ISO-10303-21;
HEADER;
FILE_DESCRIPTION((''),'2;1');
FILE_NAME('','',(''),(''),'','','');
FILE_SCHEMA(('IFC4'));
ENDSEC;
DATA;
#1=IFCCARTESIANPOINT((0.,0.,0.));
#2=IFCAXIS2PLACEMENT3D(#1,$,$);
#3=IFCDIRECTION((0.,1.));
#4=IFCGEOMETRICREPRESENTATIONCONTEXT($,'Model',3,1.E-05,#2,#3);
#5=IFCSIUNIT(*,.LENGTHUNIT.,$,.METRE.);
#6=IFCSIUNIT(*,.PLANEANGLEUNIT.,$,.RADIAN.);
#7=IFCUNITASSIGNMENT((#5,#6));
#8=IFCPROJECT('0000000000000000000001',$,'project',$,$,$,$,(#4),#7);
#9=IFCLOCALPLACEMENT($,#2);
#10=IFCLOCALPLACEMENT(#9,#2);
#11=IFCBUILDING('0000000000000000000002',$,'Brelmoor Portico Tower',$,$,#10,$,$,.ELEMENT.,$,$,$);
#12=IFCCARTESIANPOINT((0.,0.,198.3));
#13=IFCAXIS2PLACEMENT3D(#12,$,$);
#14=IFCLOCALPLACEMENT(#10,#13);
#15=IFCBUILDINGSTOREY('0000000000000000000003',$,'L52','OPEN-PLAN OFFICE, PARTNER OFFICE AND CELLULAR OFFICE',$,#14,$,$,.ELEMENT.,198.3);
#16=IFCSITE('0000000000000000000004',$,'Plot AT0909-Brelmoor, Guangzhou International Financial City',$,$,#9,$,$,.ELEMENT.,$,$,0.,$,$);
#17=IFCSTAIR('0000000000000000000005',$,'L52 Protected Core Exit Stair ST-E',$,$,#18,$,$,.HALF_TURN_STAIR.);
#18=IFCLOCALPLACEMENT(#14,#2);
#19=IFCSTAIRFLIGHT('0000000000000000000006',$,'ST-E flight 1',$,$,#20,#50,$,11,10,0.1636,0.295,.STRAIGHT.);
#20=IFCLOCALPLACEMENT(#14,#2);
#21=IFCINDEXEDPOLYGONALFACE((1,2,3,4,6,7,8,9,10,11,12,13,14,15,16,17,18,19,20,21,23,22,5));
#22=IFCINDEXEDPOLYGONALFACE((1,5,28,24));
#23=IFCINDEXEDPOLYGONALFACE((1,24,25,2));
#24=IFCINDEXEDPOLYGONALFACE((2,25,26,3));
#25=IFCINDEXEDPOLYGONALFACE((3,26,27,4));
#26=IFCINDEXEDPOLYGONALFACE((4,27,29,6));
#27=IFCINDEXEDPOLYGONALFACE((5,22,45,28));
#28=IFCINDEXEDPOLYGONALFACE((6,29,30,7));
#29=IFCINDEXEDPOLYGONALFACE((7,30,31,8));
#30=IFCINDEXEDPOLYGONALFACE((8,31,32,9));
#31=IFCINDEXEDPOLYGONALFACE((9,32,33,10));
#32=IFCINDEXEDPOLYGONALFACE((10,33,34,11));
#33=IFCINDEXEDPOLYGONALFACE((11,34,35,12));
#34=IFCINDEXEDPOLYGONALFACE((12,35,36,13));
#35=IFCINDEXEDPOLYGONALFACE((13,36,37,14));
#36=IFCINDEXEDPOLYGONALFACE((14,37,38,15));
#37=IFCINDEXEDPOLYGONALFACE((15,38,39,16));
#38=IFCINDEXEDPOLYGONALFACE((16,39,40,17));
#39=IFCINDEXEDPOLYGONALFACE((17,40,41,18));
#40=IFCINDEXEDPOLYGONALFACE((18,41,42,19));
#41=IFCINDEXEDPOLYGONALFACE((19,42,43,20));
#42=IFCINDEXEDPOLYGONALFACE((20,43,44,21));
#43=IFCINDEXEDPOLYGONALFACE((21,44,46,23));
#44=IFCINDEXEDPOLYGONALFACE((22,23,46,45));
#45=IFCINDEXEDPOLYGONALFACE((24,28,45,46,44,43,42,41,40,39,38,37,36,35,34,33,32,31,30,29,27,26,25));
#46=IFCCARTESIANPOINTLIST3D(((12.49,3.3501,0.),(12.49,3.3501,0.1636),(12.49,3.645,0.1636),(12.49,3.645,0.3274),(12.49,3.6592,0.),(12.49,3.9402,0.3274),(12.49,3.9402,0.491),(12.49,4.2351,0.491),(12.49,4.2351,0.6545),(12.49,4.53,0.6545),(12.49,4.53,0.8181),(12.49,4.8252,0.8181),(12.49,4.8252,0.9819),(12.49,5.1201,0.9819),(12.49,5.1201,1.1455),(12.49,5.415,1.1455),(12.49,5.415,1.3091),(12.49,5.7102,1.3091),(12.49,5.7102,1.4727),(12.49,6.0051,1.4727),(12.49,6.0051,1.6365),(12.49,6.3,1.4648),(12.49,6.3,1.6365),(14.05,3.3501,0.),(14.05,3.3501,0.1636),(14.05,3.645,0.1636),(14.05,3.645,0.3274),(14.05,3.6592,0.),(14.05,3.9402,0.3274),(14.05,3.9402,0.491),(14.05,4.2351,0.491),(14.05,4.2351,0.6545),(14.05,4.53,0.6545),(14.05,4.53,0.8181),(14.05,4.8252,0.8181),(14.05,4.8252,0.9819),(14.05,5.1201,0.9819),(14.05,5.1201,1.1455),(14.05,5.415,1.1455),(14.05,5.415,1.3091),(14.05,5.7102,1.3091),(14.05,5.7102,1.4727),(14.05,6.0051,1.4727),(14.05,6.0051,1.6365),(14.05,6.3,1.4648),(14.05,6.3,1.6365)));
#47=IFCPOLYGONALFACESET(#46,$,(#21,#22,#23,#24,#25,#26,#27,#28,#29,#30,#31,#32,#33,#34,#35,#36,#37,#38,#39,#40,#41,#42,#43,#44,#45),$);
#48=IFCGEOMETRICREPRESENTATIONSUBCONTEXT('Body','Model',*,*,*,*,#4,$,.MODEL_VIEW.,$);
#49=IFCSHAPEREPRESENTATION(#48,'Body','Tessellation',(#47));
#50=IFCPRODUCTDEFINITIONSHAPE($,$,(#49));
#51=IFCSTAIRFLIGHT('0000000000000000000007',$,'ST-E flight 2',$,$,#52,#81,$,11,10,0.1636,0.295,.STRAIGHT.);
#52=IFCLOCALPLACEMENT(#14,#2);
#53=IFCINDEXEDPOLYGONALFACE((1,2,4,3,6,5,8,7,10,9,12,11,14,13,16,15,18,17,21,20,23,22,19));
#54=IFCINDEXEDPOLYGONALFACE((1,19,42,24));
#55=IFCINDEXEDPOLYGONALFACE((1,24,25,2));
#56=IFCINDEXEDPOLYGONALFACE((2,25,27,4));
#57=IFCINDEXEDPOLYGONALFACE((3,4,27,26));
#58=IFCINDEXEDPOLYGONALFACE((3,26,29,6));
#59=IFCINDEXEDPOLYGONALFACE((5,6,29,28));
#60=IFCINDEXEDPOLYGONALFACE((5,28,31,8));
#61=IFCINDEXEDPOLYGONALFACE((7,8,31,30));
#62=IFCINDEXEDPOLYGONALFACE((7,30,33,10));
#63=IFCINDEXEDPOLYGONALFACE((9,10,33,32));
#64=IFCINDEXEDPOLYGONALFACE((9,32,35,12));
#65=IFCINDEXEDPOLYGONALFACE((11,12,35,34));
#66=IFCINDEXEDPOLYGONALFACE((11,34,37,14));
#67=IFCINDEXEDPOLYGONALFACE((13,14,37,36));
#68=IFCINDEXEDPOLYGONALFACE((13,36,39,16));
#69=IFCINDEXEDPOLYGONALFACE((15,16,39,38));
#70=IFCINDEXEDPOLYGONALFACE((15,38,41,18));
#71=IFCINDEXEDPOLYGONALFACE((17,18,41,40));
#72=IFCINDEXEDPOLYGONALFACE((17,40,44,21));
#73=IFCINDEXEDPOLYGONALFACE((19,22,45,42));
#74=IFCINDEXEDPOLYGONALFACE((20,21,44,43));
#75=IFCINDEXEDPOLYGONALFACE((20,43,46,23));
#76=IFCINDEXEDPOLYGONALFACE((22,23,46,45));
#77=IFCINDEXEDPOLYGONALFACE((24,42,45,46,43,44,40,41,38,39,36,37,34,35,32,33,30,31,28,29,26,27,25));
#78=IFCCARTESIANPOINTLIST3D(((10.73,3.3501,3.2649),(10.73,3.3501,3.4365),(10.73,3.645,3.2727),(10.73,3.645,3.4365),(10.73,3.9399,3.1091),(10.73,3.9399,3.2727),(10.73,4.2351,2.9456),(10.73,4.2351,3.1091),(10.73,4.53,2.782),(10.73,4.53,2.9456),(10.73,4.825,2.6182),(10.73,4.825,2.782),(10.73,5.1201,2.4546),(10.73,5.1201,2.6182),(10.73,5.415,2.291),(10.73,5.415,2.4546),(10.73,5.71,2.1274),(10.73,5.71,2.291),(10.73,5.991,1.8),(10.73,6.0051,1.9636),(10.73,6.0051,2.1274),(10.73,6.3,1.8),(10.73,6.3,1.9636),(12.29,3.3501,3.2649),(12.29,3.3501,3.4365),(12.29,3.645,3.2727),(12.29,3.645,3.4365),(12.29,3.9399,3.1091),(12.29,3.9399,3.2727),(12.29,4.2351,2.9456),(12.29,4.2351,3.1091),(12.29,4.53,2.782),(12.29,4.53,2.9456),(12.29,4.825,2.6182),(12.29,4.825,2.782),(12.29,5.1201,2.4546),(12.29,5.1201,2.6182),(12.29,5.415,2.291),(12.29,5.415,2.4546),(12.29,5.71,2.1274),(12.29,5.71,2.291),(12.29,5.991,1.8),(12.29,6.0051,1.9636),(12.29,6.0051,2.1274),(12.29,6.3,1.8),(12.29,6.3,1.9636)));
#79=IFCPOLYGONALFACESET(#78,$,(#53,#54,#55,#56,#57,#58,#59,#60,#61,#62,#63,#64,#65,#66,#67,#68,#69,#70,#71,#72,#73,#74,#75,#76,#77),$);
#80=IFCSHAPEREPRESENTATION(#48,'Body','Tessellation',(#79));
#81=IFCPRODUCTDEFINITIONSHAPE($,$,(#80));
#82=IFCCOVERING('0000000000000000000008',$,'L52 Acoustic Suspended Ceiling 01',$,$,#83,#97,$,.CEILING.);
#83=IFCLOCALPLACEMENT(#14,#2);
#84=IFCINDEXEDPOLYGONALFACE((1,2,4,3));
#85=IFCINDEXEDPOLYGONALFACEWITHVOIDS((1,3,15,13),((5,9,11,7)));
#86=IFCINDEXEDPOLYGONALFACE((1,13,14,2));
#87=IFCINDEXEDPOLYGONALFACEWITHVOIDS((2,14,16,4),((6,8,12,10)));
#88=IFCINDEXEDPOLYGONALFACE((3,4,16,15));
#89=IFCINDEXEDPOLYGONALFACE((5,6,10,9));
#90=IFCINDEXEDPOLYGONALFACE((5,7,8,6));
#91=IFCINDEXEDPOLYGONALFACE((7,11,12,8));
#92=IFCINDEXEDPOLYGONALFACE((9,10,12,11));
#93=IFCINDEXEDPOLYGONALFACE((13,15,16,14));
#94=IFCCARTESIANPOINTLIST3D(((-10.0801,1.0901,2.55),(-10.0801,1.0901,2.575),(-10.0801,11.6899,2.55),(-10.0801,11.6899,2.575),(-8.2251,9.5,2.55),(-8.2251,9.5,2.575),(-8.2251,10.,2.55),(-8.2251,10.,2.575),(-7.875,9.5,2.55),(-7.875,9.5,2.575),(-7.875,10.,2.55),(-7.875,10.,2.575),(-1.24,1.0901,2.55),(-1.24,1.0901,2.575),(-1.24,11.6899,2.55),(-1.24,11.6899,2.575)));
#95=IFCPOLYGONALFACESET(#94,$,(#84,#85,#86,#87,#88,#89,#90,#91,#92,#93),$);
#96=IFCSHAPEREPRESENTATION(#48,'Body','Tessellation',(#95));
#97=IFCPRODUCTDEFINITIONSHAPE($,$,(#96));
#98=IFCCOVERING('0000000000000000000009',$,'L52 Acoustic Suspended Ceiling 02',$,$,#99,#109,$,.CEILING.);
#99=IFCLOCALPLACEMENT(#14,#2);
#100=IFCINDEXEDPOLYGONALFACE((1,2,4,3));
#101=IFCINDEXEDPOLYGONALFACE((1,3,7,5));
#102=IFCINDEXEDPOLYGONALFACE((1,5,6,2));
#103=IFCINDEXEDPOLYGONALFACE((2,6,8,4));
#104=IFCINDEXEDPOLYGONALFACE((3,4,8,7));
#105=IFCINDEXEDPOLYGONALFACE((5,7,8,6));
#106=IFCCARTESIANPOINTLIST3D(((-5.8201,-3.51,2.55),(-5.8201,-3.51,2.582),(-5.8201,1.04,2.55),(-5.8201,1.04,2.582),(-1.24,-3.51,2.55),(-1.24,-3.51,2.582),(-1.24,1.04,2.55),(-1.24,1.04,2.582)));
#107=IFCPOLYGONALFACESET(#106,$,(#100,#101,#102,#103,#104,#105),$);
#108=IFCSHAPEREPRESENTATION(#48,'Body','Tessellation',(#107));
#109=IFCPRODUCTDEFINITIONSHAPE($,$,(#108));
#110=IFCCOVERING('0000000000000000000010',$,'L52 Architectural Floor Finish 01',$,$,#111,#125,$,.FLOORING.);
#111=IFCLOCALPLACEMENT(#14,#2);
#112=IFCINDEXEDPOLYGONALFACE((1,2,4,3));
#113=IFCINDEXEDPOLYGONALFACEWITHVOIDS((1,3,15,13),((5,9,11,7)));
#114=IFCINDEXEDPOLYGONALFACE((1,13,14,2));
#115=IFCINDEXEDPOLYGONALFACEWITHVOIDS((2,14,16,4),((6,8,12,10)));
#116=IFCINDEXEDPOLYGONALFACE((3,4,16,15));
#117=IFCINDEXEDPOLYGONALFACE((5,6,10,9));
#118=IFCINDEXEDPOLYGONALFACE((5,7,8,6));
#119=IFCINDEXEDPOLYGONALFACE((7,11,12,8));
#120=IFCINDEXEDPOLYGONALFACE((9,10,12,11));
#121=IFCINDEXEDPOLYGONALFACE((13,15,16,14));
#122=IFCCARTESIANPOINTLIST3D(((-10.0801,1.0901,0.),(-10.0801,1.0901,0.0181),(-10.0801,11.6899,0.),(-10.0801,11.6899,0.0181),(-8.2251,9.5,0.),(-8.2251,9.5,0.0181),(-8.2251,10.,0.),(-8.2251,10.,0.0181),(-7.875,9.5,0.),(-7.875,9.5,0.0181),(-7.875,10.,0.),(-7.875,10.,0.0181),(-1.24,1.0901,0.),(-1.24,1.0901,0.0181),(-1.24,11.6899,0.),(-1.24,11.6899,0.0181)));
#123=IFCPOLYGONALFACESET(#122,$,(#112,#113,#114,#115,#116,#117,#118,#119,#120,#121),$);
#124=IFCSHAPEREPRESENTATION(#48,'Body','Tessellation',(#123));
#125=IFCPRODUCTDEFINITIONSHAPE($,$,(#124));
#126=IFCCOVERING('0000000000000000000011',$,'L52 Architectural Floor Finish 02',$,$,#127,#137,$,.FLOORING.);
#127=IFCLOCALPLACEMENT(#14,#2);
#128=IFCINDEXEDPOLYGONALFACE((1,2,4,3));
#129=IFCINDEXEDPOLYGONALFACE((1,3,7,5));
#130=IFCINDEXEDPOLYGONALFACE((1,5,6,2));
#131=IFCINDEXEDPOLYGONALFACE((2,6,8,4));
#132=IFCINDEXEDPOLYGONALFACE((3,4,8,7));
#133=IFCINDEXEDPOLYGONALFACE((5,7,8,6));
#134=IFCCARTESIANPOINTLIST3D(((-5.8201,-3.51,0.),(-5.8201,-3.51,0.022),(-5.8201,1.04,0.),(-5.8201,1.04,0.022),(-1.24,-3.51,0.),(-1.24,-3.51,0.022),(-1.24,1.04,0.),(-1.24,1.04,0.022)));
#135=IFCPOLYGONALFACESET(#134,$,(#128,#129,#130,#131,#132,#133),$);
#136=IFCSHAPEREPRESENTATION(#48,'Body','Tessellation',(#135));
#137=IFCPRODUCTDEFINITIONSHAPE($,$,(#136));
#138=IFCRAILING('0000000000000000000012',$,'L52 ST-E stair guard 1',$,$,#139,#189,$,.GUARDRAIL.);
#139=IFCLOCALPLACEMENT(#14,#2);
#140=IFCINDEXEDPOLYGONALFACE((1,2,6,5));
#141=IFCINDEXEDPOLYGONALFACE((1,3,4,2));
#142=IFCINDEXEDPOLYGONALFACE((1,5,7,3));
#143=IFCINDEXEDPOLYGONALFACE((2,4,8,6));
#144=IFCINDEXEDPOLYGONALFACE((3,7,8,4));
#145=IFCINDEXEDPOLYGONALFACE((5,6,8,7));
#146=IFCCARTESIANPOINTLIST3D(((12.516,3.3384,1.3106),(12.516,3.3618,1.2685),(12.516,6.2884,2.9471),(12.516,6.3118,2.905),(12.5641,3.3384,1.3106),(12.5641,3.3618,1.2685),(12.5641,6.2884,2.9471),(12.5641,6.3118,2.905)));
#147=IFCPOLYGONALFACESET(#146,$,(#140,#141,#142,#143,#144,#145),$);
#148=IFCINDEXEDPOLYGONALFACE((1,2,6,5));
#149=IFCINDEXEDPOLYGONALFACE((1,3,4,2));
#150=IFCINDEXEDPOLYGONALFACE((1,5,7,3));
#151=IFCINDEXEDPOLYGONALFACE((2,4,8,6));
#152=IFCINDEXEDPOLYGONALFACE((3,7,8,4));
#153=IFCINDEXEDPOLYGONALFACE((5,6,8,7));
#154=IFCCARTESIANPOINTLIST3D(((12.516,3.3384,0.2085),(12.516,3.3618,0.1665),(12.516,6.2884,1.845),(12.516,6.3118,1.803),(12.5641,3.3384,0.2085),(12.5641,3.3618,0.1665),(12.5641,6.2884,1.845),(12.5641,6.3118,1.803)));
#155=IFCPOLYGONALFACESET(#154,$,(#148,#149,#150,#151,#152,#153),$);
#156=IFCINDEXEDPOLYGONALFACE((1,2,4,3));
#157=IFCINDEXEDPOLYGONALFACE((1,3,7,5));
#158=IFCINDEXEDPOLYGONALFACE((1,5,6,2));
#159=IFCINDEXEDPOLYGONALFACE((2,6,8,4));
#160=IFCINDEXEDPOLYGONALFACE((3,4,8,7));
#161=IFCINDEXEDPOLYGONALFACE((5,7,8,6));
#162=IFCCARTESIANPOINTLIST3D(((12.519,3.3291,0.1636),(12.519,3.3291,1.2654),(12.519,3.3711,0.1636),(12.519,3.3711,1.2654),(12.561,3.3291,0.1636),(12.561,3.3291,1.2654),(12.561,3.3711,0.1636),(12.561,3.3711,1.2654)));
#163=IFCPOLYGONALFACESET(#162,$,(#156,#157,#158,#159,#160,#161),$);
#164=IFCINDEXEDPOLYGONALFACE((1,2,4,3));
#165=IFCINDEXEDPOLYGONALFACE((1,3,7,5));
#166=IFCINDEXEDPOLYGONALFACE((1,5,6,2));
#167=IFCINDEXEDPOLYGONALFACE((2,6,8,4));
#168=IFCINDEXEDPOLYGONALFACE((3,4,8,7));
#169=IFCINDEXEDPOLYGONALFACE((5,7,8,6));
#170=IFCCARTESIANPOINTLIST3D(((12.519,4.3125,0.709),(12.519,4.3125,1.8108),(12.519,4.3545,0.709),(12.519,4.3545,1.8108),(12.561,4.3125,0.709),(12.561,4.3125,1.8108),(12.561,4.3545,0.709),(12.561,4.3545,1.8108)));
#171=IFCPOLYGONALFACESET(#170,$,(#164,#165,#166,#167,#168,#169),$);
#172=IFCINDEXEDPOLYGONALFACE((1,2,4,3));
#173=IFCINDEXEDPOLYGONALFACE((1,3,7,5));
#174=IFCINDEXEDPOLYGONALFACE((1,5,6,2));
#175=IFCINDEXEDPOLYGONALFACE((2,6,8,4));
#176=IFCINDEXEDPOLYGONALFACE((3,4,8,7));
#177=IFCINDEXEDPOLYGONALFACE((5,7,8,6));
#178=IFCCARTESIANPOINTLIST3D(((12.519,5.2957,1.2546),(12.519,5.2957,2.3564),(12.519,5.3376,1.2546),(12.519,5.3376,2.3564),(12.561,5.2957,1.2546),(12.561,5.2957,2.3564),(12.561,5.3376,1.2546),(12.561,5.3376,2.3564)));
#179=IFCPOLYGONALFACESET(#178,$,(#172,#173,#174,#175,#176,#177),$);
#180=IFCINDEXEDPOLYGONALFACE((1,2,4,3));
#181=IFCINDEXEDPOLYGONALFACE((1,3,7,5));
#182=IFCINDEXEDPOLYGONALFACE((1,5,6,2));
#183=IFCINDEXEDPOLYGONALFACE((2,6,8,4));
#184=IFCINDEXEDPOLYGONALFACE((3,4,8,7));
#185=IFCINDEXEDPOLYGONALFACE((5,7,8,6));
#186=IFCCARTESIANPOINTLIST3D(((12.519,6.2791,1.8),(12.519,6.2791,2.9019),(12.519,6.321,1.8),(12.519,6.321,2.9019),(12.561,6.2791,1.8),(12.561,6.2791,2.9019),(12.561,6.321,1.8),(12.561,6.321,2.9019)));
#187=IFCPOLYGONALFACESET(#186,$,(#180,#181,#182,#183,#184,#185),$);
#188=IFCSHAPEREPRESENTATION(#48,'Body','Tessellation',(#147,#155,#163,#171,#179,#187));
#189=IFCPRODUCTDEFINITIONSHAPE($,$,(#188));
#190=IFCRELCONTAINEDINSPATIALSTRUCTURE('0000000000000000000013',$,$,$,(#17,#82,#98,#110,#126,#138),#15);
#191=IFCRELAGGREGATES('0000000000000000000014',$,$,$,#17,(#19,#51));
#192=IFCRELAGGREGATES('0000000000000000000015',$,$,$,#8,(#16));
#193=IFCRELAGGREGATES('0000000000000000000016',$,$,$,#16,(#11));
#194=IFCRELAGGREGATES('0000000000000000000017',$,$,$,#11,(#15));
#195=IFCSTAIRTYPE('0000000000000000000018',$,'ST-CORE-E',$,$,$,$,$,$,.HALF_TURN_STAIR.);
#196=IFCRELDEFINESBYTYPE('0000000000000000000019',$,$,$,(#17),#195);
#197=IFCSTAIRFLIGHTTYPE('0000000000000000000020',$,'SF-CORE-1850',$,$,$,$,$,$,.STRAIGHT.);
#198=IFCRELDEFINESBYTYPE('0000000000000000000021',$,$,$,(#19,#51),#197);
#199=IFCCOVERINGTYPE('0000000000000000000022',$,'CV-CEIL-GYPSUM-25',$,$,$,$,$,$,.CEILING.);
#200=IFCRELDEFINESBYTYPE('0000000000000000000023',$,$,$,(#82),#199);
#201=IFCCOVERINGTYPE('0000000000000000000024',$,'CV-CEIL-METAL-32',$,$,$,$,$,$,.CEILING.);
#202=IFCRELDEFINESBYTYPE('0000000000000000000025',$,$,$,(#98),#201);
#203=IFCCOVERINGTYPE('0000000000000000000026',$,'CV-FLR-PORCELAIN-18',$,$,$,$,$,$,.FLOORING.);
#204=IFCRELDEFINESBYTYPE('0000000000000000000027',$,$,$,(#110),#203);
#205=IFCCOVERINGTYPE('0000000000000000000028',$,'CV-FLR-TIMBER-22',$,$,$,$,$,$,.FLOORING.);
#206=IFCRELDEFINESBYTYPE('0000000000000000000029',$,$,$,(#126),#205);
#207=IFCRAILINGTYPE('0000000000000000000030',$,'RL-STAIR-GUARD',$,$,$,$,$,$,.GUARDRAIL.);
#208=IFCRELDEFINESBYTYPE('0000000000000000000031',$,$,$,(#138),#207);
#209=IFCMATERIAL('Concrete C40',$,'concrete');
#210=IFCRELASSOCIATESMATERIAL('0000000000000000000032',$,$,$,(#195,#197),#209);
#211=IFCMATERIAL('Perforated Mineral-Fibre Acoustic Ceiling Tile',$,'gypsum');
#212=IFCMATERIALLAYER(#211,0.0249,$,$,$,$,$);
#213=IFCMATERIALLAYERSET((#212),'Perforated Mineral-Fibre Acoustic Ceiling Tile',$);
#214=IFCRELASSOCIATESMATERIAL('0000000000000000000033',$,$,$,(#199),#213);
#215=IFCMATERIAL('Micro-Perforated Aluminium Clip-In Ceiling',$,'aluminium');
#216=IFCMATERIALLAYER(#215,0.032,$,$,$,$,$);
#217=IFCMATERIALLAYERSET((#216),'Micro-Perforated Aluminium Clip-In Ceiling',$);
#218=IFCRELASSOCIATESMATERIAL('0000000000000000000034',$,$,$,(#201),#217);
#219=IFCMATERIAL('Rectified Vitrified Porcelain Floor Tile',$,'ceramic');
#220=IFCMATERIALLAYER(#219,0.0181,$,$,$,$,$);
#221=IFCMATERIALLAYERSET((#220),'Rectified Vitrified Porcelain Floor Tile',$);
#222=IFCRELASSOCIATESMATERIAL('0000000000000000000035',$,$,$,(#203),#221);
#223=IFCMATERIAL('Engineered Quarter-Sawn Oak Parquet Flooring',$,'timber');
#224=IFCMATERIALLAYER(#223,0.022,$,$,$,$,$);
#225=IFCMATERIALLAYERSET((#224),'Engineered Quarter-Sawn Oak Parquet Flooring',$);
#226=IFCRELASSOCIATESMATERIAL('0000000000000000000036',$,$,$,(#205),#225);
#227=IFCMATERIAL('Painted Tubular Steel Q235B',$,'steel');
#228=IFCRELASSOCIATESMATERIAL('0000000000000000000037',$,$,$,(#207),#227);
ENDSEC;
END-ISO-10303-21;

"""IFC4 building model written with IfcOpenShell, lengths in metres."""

from ifc_helpers import new_model, si_unit, direction, frame, origin, origin_2d, place, context, subcontext, project, spatial, polyline, rectangle, outline, extrude, material, layer, layer_set, type_object, element, aggregate, save


model = new_model("IFC4")

# Units and contexts
model_context = context("Model", 3, precision=1e-05, world=origin(), true_north=direction((0.0, 1.0)))
body_context = subcontext(model_context, "Body", "Model", "MODEL_VIEW")
ifc_project = project(units=[si_unit("LENGTHUNIT", "METRE"), si_unit("PLANEANGLEUNIT", "RADIAN")], contexts=[model_context])

# Site, building, storey
site_placement = place(None, origin())
site = spatial("IfcSite", under=ifc_project, at=site_placement, Name="Plot AT0909-Brelmoor, Guangzhou International Financial City", CompositionType="ELEMENT", RefElevation=0.0)
building_placement = place(site_placement, origin())
building = spatial("IfcBuilding", under=site, at=building_placement, Name="Brelmoor Portico Tower", CompositionType="ELEMENT")
storey_placement = place(building_placement, frame((0.0, 0.0, 198.3)))
storey = spatial("IfcBuildingStorey", under=building, at=storey_placement, Name="L52", Description="OPEN-PLAN OFFICE, PARTNER OFFICE AND CELLULAR OFFICE", CompositionType="ELEMENT", Elevation=198.3)

# Stair
ifc_material_1 = material(Name="Concrete C40", Category="concrete")
stair_type_1 = type_object("IfcStairType", Name="ST-CORE-E", PredefinedType="HALF_TURN_STAIR", material=ifc_material_1)
stair_1_placement = place(storey_placement, origin())
stair_1 = element("IfcStair", 1, at=stair_1_placement, inside=storey, type_object=stair_type_1, Name="L52 Protected Core Exit Stair ST-E", PredefinedType="HALF_TURN_STAIR")

# Stair flights
stair_flight_type = type_object("IfcStairFlightType", Name="SF-CORE-1850", PredefinedType="STRAIGHT", material=ifc_material_1)
stair_flight_1_placement = place(storey_placement, frame((13.27, 3.3501, 0.0), z_axis=(0.0, 0.0, 1.0), x_axis=(0.0, 1.0, 0.0)))
stair_flight_1 = element("IfcStairFlight", 2, at=stair_flight_1_placement, type_object=stair_flight_type, Name="ST-E flight 1", NumberOfRisers=11, NumberOfTreads=10, PredefinedType="STRAIGHT", RiserHeight=0.1636, TreadLength=0.295, context=body_context, shape_type="SweptSolid", body=[
    extrude(outline(polyline([(0.0, 0.0), (0.0, 0.1636), (0.2949, 0.1636), (0.2949, 0.3274), (0.5901, 0.3274), (0.5901, 0.491), (0.885, 0.491), (0.885, 0.6545), (1.1799, 0.6545), (1.1799, 0.8181), (1.4751, 0.8181), (1.4751, 0.9819), (1.77, 0.9819), (1.77, 1.1455), (2.0649, 1.1455), (2.0649, 1.3091), (2.3601, 1.3091), (2.3601, 1.4727), (2.655, 1.4727), (2.655, 1.6365), (2.95, 1.6365), (2.95, 1.8), (2.95, 1.4648), (0.3091, 0.0), (0.0, 0.0)])), frame((0.0, 0.78, 0.0), z_axis=(0.0, -1.0, 0.0), x_axis=(1.0, 0.0, 0.0)), (0.0, 0.0, 1.0), 1.5601),
])
stair_flight_2_placement = place(storey_placement, frame((11.51, 6.3, 1.8), z_axis=(0.0, 0.0, 1.0), x_axis=(0.0, -1.0, 0.0)))
stair_flight_2 = element("IfcStairFlight", 3, at=stair_flight_2_placement, type_object=stair_flight_type, Name="ST-E flight 2", NumberOfRisers=11, NumberOfTreads=10, PredefinedType="STRAIGHT", RiserHeight=0.1636, TreadLength=0.295, context=body_context, shape_type="SweptSolid", body=[
    extrude(outline(polyline([(0.0, 0.0), (0.0, 0.1636), (0.2949, 0.1636), (0.2949, 0.3274), (0.5901, 0.3274), (0.5901, 0.491), (0.885, 0.491), (0.885, 0.6545), (1.1799, 0.6545), (1.1799, 0.8181), (1.4751, 0.8181), (1.4751, 0.9819), (1.77, 0.9819), (1.77, 1.1455), (2.0649, 1.1455), (2.0649, 1.3091), (2.3601, 1.3091), (2.3601, 1.4727), (2.655, 1.4727), (2.655, 1.6365), (2.95, 1.6365), (2.95, 1.8), (2.95, 1.4648), (0.3091, 0.0), (0.0, 0.0)])), frame((0.0, 0.78, 0.0), z_axis=(0.0, -1.0, 0.0), x_axis=(1.0, 0.0, 0.0)), (0.0, 0.0, 1.0), 1.5601),
])
aggregate(stair_1, [stair_flight_1, stair_flight_2])

# Coverings
ifc_material_2 = material(Name="Perforated Mineral-Fibre Acoustic Ceiling Tile", Category="gypsum")
ifc_layer_1 = layer(ifc_material_2, 0.0249)
ifc_layer_set_1 = layer_set([ifc_layer_1], Name="Perforated Mineral-Fibre Acoustic Ceiling Tile")
covering_type_1 = type_object("IfcCoveringType", Name="CV-CEIL-GYPSUM-25", PredefinedType="CEILING", material=ifc_layer_set_1)
covering_1_placement = place(storey_placement, frame((0.0, 0.0, 2.55)))
element("IfcCovering", 4, at=covering_1_placement, inside=storey, type_object=covering_type_1, Name="L52 Acoustic Suspended Ceiling 01", PredefinedType="CEILING", context=body_context, shape_type="SweptSolid", body=[
    extrude(outline(polyline([(-10.0801, 11.6899), (-1.24, 11.6899), (-1.24, 1.0901), (-10.0801, 1.0901), (-10.0801, 11.6899)]), holes=[polyline([(-7.875, 9.5), (-7.875, 10.0), (-8.2251, 10.0), (-8.2251, 9.5), (-7.875, 9.5)])]), origin(), (0.0, 0.0, 1.0), 0.0249),
])
ifc_material_3 = material(Name="Micro-Perforated Aluminium Clip-In Ceiling", Category="aluminium")
ifc_layer_2 = layer(ifc_material_3, 0.032)
ifc_layer_set_2 = layer_set([ifc_layer_2], Name="Micro-Perforated Aluminium Clip-In Ceiling")
covering_type_2 = type_object("IfcCoveringType", Name="CV-CEIL-METAL-32", PredefinedType="CEILING", material=ifc_layer_set_2)
covering_2_placement = place(storey_placement, frame((0.0, 0.0, 2.55)))
element("IfcCovering", 5, at=covering_2_placement, inside=storey, type_object=covering_type_2, Name="L52 Acoustic Suspended Ceiling 02", PredefinedType="CEILING", context=body_context, shape_type="SweptSolid", body=[
    extrude(outline(polyline([(-5.8201, -3.51), (-5.8201, 1.04), (-1.24, 1.04), (-1.24, -3.51), (-5.8201, -3.51)])), origin(), (0.0, 0.0, 1.0), 0.032),
])
ifc_material_4 = material(Name="Rectified Vitrified Porcelain Floor Tile", Category="ceramic")
ifc_layer_3 = layer(ifc_material_4, 0.0181)
ifc_layer_set_3 = layer_set([ifc_layer_3], Name="Rectified Vitrified Porcelain Floor Tile")
covering_type_3 = type_object("IfcCoveringType", Name="CV-FLR-PORCELAIN-18", PredefinedType="FLOORING", material=ifc_layer_set_3)
covering_3_placement = place(storey_placement, origin())
element("IfcCovering", 6, at=covering_3_placement, inside=storey, type_object=covering_type_3, Name="L52 Architectural Floor Finish 01", PredefinedType="FLOORING", context=body_context, shape_type="SweptSolid", body=[
    extrude(outline(polyline([(-10.0801, 11.6899), (-1.24, 11.6899), (-1.24, 1.0901), (-10.0801, 1.0901), (-10.0801, 11.6899)]), holes=[polyline([(-7.875, 9.5), (-7.875, 10.0), (-8.2251, 10.0), (-8.2251, 9.5), (-7.875, 9.5)])]), origin(), (0.0, 0.0, 1.0), 0.0181),
])
ifc_material_5 = material(Name="Engineered Quarter-Sawn Oak Parquet Flooring", Category="timber")
ifc_layer_4 = layer(ifc_material_5, 0.022)
ifc_layer_set_4 = layer_set([ifc_layer_4], Name="Engineered Quarter-Sawn Oak Parquet Flooring")
covering_type_4 = type_object("IfcCoveringType", Name="CV-FLR-TIMBER-22", PredefinedType="FLOORING", material=ifc_layer_set_4)
covering_4_placement = place(storey_placement, origin())
element("IfcCovering", 7, at=covering_4_placement, inside=storey, type_object=covering_type_4, Name="L52 Architectural Floor Finish 02", PredefinedType="FLOORING", context=body_context, shape_type="SweptSolid", body=[
    extrude(outline(polyline([(-5.8201, -3.51), (-5.8201, 1.04), (-1.24, 1.04), (-1.24, -3.51), (-5.8201, -3.51)])), origin(), (0.0, 0.0, 1.0), 0.022),
])

# Railing
ifc_material_6 = material(Name="Painted Tubular Steel Q235B", Category="steel")
railing_type_1 = type_object("IfcRailingType", Name="RL-STAIR-GUARD", PredefinedType="GUARDRAIL", material=ifc_material_6)
railing_1_placement = place(storey_placement, frame((12.54, 3.3501, 0.1636)))
element("IfcRailing", 8, at=railing_1_placement, inside=storey, type_object=railing_type_1, Name="L52 ST-E stair guard 1", PredefinedType="GUARDRAIL", context=body_context, shape_type="SweptSolid", body=[
    extrude(rectangle(XDim=0.0481, YDim=0.0481, at=origin_2d()), frame((0.0, 0.0, 1.126), z_axis=(0.0, 0.874458, 0.485102), x_axis=(-1.0, 0.0, 0.0)), (0.0, 0.0, 1.0), 3.3735),
    extrude(rectangle(XDim=0.0481, YDim=0.0481, at=origin_2d()), frame((0.0, 0.0, 0.0239), z_axis=(0.0, 0.874458, 0.485102), x_axis=(-1.0, 0.0, 0.0)), (0.0, 0.0, 1.0), 3.3735),
    extrude(rectangle(XDim=0.042, YDim=0.042, at=origin_2d()), origin(), (0.0, 0.0, 1.0), 1.1018),
    extrude(rectangle(XDim=0.042, YDim=0.042, at=origin_2d()), frame((0.0, 0.9834, 0.5454)), (0.0, 0.0, 1.0), 1.1018),
    extrude(rectangle(XDim=0.042, YDim=0.042, at=origin_2d()), frame((0.0, 1.9666, 1.0911)), (0.0, 0.0, 1.0), 1.1018),
    extrude(rectangle(XDim=0.042, YDim=0.042, at=origin_2d()), frame((0.0, 2.95, 1.6365)), (0.0, 0.0, 1.0), 1.1018),
])

save(model, "model.ifc")
